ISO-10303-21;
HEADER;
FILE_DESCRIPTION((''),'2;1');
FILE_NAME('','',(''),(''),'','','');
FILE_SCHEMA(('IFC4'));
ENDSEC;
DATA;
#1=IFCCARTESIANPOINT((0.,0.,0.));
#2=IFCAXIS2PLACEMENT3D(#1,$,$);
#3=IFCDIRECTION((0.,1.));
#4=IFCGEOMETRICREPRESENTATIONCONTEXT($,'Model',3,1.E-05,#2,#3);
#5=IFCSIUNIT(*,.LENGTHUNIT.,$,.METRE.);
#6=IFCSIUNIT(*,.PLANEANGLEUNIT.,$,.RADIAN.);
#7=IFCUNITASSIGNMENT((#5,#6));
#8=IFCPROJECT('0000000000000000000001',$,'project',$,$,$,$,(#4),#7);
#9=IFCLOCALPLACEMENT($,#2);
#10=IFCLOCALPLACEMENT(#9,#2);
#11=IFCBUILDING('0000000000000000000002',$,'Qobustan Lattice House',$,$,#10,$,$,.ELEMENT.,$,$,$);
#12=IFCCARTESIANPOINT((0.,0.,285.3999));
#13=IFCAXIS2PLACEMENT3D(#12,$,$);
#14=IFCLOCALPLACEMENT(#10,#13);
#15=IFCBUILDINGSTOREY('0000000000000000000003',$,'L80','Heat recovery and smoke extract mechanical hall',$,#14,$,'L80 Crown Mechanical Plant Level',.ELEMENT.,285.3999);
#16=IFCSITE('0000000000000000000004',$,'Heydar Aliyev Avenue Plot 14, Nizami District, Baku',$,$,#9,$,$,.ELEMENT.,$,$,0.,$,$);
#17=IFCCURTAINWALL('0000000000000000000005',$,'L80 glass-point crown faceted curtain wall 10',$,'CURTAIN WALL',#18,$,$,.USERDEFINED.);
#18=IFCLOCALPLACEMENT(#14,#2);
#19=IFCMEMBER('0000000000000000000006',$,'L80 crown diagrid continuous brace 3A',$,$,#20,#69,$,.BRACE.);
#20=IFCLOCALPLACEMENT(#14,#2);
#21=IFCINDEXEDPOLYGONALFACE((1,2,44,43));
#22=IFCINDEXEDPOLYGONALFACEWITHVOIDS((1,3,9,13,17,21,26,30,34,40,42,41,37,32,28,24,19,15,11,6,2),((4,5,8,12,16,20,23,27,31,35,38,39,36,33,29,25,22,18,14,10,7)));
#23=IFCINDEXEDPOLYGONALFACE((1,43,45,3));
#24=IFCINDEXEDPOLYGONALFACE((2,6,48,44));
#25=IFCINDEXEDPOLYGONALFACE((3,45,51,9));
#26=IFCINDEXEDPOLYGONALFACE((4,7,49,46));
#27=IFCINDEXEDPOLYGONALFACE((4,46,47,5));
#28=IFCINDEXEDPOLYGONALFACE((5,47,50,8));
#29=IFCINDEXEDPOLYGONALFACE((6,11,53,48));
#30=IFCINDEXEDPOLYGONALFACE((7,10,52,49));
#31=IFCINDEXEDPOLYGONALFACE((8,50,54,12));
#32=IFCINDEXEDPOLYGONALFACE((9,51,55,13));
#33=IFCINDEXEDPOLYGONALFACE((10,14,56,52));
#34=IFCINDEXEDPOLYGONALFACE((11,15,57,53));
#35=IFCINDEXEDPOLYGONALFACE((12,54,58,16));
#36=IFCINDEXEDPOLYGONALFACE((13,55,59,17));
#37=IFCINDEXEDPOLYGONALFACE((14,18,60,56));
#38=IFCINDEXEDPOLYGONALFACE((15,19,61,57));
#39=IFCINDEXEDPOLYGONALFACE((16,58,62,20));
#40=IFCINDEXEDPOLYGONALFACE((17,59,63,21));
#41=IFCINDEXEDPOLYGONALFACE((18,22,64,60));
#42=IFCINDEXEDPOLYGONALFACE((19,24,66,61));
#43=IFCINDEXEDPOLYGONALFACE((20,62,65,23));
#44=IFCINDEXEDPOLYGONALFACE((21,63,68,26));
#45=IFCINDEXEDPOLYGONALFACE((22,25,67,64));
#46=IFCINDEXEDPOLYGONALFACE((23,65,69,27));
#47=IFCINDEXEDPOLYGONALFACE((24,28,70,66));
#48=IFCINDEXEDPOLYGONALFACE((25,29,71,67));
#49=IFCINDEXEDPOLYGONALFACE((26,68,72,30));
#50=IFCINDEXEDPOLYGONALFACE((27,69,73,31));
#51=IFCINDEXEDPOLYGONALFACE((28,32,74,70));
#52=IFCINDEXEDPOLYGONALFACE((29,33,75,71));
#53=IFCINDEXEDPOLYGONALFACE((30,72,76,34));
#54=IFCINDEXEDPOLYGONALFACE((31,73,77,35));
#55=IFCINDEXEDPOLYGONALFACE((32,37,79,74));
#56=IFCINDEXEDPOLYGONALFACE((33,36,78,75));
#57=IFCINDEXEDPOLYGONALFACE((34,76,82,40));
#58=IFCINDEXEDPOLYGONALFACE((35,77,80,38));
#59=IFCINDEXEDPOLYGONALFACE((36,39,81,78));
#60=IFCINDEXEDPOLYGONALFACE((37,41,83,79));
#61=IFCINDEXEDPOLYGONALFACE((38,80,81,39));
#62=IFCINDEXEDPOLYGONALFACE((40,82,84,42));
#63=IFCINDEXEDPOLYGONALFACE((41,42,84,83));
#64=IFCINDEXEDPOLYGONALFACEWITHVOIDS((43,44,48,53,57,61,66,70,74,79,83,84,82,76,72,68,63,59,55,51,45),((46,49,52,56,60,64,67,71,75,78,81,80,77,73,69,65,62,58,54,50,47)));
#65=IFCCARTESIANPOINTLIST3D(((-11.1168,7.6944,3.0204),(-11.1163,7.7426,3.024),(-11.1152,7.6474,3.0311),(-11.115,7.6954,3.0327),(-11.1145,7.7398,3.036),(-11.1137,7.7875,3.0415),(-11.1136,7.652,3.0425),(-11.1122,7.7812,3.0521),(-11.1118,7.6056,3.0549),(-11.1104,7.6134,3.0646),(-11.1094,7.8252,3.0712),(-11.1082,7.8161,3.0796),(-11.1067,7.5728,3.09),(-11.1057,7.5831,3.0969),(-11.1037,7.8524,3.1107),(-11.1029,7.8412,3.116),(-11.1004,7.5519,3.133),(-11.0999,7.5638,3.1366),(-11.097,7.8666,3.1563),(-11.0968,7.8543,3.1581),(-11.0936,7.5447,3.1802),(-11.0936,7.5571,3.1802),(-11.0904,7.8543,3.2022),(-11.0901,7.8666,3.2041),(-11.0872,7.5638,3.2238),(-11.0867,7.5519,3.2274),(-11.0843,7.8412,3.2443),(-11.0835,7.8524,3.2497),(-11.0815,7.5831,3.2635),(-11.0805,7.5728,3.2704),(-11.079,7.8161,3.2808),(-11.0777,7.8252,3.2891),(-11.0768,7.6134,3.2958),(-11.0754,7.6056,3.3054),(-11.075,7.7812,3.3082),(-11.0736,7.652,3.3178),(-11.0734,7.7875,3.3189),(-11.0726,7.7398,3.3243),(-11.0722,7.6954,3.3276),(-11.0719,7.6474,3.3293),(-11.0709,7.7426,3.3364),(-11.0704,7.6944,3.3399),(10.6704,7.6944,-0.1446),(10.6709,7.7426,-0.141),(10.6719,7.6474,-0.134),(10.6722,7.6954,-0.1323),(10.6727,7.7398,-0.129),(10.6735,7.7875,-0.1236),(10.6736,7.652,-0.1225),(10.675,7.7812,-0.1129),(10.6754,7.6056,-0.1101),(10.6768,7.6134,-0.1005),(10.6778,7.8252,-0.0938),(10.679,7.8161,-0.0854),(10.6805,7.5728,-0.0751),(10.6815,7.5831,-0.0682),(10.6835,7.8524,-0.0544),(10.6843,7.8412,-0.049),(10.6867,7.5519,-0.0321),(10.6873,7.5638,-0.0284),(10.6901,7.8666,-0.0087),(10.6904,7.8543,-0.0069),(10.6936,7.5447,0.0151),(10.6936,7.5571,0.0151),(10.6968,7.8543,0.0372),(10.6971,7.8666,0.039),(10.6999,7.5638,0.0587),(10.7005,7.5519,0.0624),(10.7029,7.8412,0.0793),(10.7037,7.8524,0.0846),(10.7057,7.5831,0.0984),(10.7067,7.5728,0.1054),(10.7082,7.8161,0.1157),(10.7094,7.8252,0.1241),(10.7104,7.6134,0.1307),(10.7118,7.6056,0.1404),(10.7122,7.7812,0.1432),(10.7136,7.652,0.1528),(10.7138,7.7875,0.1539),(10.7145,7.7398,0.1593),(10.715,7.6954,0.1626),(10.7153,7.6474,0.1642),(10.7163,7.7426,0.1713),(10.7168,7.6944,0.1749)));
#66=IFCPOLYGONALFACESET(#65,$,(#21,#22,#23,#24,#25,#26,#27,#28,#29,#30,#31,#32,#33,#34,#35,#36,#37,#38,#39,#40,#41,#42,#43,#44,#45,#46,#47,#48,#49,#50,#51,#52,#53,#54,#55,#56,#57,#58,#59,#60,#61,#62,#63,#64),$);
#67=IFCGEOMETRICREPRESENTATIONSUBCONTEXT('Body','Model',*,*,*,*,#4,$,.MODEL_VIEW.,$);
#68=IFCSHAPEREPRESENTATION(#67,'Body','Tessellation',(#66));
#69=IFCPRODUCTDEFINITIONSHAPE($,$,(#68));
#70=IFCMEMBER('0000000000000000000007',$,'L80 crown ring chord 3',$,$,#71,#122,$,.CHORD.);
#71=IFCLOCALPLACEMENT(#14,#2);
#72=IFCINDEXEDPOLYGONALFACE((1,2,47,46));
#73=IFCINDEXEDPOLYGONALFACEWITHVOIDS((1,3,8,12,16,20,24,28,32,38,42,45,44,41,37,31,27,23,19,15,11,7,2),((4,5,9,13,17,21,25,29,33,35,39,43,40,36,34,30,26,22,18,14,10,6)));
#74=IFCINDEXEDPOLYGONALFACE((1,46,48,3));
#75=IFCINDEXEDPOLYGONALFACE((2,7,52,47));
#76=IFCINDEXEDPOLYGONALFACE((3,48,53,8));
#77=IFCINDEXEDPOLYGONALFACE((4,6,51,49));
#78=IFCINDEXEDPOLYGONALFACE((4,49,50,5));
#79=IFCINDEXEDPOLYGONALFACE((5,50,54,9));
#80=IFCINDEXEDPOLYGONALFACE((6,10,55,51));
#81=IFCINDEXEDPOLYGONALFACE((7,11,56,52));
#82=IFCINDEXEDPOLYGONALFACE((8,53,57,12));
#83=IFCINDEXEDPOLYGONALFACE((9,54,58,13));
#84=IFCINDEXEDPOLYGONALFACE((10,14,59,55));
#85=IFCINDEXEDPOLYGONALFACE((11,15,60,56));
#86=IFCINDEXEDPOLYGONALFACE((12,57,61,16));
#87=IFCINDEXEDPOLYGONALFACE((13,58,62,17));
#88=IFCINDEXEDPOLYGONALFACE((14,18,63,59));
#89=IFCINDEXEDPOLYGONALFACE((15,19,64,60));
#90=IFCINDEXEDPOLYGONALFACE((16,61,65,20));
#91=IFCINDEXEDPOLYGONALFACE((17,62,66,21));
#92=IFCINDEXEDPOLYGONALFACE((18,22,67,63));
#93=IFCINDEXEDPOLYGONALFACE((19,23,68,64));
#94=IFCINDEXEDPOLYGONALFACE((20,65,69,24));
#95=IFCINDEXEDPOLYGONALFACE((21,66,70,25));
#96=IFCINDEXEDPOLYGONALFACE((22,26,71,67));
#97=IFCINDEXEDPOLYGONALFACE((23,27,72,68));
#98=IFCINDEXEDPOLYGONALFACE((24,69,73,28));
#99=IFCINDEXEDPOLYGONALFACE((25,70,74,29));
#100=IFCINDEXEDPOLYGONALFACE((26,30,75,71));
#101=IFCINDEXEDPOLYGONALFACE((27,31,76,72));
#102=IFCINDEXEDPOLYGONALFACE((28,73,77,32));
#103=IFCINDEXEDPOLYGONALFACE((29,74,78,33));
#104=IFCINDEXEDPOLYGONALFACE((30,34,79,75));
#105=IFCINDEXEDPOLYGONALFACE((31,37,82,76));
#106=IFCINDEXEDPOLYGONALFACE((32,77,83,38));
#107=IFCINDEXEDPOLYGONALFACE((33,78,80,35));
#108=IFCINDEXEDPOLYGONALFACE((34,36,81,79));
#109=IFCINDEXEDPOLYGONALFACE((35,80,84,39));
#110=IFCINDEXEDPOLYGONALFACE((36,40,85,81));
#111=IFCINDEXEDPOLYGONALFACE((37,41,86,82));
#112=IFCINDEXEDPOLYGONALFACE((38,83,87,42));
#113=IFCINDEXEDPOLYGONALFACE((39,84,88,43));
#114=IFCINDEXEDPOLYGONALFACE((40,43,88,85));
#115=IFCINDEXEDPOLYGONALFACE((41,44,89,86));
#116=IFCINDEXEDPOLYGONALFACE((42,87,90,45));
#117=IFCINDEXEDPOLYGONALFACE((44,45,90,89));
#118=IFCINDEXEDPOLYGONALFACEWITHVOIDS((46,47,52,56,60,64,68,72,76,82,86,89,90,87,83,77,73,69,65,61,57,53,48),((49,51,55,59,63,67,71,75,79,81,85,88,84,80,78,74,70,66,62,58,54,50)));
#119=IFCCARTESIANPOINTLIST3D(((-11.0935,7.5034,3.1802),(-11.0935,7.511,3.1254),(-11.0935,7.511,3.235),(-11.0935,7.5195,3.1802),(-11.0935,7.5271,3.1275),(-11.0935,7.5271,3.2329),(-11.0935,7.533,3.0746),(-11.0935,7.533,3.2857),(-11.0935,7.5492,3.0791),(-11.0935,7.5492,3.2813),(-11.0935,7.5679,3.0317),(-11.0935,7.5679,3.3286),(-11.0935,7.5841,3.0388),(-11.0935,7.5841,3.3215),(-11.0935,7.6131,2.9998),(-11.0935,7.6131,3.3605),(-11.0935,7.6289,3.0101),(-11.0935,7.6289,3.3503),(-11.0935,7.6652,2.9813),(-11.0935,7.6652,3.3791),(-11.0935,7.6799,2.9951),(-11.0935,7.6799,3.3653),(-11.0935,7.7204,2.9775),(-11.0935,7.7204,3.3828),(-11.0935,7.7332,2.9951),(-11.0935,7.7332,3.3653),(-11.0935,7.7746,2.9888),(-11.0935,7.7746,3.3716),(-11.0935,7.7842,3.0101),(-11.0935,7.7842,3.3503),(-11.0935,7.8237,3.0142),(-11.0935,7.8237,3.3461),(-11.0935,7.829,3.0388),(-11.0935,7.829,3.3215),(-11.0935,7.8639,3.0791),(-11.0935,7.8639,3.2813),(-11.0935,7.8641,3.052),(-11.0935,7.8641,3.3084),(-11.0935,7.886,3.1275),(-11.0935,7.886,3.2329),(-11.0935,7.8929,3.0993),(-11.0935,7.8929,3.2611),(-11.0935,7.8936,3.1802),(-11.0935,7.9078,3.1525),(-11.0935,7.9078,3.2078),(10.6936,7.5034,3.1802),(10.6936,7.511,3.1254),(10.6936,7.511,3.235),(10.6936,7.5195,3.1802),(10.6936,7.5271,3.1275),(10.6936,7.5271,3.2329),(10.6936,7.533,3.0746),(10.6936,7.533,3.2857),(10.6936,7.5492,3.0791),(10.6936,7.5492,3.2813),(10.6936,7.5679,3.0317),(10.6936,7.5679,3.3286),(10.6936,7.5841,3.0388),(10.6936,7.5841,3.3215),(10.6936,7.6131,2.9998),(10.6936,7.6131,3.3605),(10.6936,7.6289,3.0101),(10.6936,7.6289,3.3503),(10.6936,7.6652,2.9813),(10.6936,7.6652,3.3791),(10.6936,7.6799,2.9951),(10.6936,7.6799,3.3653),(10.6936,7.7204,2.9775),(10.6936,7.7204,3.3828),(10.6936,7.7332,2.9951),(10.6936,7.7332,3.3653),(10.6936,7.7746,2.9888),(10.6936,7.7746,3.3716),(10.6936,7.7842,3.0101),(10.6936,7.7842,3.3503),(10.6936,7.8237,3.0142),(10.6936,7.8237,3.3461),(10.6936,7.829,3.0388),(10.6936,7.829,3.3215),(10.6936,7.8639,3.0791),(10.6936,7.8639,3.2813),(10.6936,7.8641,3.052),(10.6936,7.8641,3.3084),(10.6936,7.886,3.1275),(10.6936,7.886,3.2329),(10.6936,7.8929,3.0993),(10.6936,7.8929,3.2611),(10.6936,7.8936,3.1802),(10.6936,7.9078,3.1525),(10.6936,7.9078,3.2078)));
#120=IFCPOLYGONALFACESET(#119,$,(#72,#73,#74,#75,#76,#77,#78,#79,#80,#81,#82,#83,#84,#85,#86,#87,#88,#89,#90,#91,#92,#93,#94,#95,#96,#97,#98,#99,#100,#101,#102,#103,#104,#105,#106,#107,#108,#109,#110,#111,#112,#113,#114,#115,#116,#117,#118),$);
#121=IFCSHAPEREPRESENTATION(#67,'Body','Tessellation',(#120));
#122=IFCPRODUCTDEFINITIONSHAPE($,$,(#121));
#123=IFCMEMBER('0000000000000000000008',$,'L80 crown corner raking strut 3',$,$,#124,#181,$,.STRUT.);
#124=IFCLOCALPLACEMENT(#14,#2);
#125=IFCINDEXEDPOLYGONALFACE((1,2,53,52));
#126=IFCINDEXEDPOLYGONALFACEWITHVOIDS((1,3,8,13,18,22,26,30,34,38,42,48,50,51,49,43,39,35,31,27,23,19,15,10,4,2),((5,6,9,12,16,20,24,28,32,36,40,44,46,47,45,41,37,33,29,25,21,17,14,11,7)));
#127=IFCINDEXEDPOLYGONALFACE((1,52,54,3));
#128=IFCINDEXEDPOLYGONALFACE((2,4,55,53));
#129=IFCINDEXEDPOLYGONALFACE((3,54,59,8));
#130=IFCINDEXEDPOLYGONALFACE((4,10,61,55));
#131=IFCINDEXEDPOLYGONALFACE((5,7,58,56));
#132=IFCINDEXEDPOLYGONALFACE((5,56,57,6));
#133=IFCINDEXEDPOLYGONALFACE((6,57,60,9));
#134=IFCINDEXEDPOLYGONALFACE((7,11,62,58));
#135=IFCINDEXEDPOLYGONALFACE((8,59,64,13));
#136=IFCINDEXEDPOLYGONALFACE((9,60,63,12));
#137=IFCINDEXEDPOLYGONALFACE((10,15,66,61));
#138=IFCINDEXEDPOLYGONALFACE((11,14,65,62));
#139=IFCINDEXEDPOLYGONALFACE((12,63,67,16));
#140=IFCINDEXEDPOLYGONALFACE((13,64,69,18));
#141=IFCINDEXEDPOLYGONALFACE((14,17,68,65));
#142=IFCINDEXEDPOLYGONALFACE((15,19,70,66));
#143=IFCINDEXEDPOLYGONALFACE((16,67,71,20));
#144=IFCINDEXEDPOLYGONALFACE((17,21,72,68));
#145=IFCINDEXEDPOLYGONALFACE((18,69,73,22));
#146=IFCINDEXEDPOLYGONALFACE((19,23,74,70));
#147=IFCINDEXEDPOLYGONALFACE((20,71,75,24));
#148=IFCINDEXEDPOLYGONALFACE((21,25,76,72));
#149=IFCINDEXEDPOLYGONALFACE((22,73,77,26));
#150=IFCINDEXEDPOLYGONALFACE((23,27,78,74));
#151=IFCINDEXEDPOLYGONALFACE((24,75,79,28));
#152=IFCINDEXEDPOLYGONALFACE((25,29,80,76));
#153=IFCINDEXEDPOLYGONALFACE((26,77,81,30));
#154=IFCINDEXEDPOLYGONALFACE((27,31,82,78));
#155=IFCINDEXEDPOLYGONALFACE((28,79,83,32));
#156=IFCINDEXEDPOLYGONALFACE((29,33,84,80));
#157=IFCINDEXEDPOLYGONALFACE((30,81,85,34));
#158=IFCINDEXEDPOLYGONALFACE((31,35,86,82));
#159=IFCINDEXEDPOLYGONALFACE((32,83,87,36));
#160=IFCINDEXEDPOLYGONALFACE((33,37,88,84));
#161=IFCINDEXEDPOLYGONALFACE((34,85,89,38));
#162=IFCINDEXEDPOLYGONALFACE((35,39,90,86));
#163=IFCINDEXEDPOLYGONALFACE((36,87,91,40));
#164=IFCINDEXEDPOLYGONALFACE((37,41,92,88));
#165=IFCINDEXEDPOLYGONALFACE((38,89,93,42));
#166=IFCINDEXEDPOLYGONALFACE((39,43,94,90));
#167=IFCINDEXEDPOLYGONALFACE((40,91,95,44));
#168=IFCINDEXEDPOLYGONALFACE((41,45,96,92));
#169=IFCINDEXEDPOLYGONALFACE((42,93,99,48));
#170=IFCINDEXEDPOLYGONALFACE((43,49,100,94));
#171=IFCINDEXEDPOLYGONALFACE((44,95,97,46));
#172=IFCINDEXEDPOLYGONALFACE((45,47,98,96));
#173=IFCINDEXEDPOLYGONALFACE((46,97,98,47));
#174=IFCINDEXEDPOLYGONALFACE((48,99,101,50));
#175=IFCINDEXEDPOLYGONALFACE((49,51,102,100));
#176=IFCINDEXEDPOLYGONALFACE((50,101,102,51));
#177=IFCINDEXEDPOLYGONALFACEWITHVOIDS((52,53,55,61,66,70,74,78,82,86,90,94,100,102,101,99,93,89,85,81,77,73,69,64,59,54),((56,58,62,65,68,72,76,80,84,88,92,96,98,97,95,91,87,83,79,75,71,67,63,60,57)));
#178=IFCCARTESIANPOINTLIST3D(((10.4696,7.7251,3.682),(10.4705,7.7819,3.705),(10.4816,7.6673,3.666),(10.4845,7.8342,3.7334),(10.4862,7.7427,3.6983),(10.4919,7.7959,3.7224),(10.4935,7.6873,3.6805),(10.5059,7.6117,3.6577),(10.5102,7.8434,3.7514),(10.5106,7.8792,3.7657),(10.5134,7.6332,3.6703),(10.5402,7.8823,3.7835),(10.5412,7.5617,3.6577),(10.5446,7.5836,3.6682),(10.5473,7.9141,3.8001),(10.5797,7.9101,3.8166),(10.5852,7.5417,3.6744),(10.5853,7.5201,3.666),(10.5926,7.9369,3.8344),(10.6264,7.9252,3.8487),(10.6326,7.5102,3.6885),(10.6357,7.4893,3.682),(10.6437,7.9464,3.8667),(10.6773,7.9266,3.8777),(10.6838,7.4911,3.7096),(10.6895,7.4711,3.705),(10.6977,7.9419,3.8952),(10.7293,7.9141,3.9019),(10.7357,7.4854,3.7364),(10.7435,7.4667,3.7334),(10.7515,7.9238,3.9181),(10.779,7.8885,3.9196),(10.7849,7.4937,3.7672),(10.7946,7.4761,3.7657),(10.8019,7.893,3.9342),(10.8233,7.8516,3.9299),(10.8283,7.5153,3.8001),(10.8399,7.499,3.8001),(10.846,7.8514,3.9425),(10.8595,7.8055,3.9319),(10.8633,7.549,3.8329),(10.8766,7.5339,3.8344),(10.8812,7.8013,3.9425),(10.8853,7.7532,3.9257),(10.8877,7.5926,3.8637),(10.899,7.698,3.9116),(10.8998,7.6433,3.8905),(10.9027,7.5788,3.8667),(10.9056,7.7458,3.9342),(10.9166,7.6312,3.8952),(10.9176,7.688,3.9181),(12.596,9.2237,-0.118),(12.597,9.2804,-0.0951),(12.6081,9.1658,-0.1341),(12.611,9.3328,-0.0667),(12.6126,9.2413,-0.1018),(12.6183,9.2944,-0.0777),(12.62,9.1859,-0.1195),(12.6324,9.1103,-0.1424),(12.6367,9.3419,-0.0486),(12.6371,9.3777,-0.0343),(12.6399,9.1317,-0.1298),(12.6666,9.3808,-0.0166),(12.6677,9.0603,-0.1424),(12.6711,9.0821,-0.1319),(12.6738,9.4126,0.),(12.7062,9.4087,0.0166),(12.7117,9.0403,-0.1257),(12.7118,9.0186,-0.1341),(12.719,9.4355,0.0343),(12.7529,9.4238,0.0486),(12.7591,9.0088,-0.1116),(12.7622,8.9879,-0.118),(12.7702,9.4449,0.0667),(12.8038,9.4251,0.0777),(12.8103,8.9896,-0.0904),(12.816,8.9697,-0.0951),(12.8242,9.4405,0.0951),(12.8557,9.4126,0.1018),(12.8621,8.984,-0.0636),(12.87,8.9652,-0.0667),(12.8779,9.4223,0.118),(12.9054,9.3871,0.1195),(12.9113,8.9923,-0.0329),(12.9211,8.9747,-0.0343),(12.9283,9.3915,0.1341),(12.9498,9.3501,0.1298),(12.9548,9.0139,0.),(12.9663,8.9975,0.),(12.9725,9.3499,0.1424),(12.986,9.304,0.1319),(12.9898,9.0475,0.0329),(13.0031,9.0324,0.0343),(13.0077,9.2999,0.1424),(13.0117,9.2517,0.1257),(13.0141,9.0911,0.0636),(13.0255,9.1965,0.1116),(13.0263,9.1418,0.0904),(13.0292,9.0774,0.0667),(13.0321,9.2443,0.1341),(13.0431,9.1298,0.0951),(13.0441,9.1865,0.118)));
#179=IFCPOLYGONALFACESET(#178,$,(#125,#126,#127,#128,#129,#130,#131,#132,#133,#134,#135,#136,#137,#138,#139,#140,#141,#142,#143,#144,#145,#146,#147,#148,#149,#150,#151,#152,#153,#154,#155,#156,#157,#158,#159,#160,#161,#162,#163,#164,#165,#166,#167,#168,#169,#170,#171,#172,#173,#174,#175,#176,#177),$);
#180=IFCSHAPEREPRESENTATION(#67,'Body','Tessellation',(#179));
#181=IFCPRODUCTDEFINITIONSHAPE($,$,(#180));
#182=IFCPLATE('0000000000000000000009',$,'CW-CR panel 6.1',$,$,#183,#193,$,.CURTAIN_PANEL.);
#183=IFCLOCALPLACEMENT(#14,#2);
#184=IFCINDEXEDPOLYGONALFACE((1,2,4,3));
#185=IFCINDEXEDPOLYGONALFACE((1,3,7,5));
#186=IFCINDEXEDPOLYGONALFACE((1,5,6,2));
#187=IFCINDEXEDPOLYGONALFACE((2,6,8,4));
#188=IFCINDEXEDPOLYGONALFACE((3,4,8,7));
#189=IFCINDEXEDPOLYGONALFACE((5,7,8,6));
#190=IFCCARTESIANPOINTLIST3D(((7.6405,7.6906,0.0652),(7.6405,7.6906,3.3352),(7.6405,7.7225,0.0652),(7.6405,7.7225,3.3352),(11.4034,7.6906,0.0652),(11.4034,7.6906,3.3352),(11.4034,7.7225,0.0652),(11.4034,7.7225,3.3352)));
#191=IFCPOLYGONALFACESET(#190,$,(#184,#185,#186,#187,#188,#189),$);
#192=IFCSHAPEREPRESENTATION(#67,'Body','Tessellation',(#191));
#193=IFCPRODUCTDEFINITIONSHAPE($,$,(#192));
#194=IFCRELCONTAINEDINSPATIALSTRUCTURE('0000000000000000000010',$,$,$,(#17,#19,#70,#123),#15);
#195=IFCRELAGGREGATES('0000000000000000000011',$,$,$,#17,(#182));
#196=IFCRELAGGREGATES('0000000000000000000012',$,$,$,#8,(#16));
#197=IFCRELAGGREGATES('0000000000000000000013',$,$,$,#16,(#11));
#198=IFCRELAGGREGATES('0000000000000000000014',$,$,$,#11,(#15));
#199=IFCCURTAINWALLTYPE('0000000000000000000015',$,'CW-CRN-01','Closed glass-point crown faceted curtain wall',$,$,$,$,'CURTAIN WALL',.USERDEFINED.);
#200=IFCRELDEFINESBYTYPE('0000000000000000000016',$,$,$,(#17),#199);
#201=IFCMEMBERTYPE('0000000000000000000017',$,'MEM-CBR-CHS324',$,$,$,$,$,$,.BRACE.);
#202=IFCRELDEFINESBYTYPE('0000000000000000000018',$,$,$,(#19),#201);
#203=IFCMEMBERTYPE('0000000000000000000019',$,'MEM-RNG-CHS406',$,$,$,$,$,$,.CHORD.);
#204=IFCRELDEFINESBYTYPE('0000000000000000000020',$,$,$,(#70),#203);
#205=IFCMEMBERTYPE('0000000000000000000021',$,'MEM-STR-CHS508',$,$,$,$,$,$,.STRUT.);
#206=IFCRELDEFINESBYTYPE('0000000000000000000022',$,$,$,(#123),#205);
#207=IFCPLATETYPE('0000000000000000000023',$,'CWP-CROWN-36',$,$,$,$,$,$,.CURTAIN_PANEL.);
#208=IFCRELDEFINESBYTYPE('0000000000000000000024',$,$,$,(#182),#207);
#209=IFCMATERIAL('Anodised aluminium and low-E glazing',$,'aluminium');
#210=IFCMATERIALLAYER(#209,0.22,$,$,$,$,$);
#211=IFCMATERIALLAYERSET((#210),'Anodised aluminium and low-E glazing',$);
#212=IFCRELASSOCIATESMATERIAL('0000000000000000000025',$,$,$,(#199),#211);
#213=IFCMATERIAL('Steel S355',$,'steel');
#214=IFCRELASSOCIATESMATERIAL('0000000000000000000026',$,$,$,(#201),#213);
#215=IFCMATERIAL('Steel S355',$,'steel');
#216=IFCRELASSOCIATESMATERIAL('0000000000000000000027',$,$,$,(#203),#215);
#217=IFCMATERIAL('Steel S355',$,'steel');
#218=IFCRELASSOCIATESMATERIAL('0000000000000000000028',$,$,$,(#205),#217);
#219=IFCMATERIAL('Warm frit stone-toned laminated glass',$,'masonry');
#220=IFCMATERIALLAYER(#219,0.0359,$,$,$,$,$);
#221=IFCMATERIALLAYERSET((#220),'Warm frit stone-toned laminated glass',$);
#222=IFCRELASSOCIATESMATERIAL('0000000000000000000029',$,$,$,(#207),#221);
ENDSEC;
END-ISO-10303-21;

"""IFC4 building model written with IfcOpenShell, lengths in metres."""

from ifc_helpers import new_model, si_unit, direction, frame, origin, origin_2d, place, context, subcontext, project, spatial, rectangle, hollow_circle, extrude, material, layer, layer_set, material_profile, profile_set, type_object, element, aggregate, save


model = new_model("IFC4")

# Units and contexts
model_context = context("Model", 3, precision=1e-05, world=origin(), true_north=direction((0.0, 1.0)))
body_context = subcontext(model_context, "Body", "Model", "MODEL_VIEW")
ifc_project = project(units=[si_unit("LENGTHUNIT", "METRE"), si_unit("PLANEANGLEUNIT", "RADIAN")], contexts=[model_context])

# Site, building, storey
site_placement = place(None, origin())
site = spatial("IfcSite", under=ifc_project, at=site_placement, Name="Heydar Aliyev Avenue Plot 14, Nizami District, Baku", CompositionType="ELEMENT", RefElevation=0.0)
building_placement = place(site_placement, origin())
building = spatial("IfcBuilding", under=site, at=building_placement, Name="Qobustan Lattice House", CompositionType="ELEMENT")
storey_placement = place(building_placement, frame((0.0, 0.0, 285.3999)))
storey = spatial("IfcBuildingStorey", under=building, at=storey_placement, Name="L80", Description="Heat recovery and smoke extract mechanical hall", LongName="L80 Crown Mechanical Plant Level", CompositionType="ELEMENT", Elevation=285.3999)

# Curtain wall
ifc_material_1 = material(Name="Anodised aluminium and low-E glazing", Category="aluminium")
ifc_layer_1 = layer(ifc_material_1, 0.22)
ifc_layer_set_1 = layer_set([ifc_layer_1], Name="Anodised aluminium and low-E glazing")
curtain_wall_type = type_object("IfcCurtainWallType", Name="CW-CRN-01", Description="Closed glass-point crown faceted curtain wall", ElementType="CURTAIN WALL", PredefinedType="USERDEFINED", material=ifc_layer_set_1)
curtain_wall_1_placement = place(storey_placement, origin())
curtain_wall_1 = element("IfcCurtainWall", 1, at=curtain_wall_1_placement, inside=storey, type_object=curtain_wall_type, Name="L80 glass-point crown faceted curtain wall 10", ObjectType="CURTAIN WALL", PredefinedType="USERDEFINED")

# Members
ifc_material_2 = material(Name="Steel S355", Category="steel")
ifc_material_profile_1 = material_profile(ifc_material_2, hollow_circle(Radius=0.1619, WallThickness=0.0125, at=origin_2d()), Name="CHS323.9x12.5")
ifc_profile_set_1 = profile_set([ifc_material_profile_1], Name="Steel S355")
member_type_1 = type_object("IfcMemberType", Name="MEM-CBR-CHS324", PredefinedType="BRACE", material=ifc_profile_set_1)
member_1_placement = place(storey_placement, frame((10.6936, 7.7065, 0.0151), z_axis=(-0.989612, 0.0, 0.143762), x_axis=(0.0, -1.0, 0.0)))
element("IfcMember", 2, at=member_1_placement, inside=storey, type_object=member_type_1, Name="L80 crown diagrid continuous brace 3A", PredefinedType="BRACE", context=body_context, shape_type="SweptSolid", body=[
    extrude(hollow_circle(Radius=0.1619, WallThickness=0.0125, at=origin_2d()), origin(), (0.0, 0.0, 1.0), 22.0159),
])
ifc_material_3 = material(Name="Steel S355", Category="steel")
ifc_material_profile_2 = material_profile(ifc_material_3, hollow_circle(Radius=0.2031, WallThickness=0.0161, at=origin_2d()), Name="CHS406.4x16")
ifc_profile_set_2 = profile_set([ifc_material_profile_2], Name="Steel S355")
member_type_2 = type_object("IfcMemberType", Name="MEM-RNG-CHS406", PredefinedType="CHORD", material=ifc_profile_set_2)
member_2_placement = place(storey_placement, frame((10.6936, 7.7065, 3.1802), z_axis=(-1.0, 0.0, 0.0), x_axis=(0.0, -1.0, 0.0)))
element("IfcMember", 3, at=member_2_placement, inside=storey, type_object=member_type_2, Name="L80 crown ring chord 3", PredefinedType="CHORD", context=body_context, shape_type="SweptSolid", body=[
    extrude(hollow_circle(Radius=0.2031, WallThickness=0.0161, at=origin_2d()), origin(), (0.0, 0.0, 1.0), 21.7871),
])
ifc_material_4 = material(Name="Steel S355", Category="steel")
ifc_material_profile_3 = material_profile(ifc_material_4, hollow_circle(Radius=0.2539, WallThickness=0.02, at=origin_2d()), Name="CHS508x20")
ifc_profile_set_3 = profile_set([ifc_material_profile_3], Name="Steel S355")
member_type_3 = type_object("IfcMemberType", Name="MEM-STR-CHS508", PredefinedType="STRUT", material=ifc_profile_set_3)
member_3_placement = place(storey_placement, frame((12.8201, 9.2051, 0.0), z_axis=(-0.461753, -0.325401, 0.825165), x_axis=(0.576042, -0.81742, 0.0)))
element("IfcMember", 4, at=member_3_placement, inside=storey, type_object=member_type_3, Name="L80 crown corner raking strut 3", PredefinedType="STRUT", context=body_context, shape_type="SweptSolid", body=[
    extrude(hollow_circle(Radius=0.2539, WallThickness=0.02, at=origin_2d()), origin(), (0.0, 0.0, 1.0), 4.6052),
])

# Plate
ifc_material_5 = material(Name="Warm frit stone-toned laminated glass", Category="masonry")
ifc_layer_2 = layer(ifc_material_5, 0.0359)
ifc_layer_set_2 = layer_set([ifc_layer_2], Name="Warm frit stone-toned laminated glass")
plate_type_1 = type_object("IfcPlateType", Name="CWP-CROWN-36", PredefinedType="CURTAIN_PANEL", material=ifc_layer_set_2)
plate_1_placement = place(storey_placement, frame((9.522, 7.7065, 0.0652), z_axis=(0.0, 0.0, 1.0), x_axis=(1.0, 0.0, 0.0)))
plate_1 = element("IfcPlate", 5, at=plate_1_placement, type_object=plate_type_1, Name="CW-CR panel 6.1", PredefinedType="CURTAIN_PANEL", context=body_context, shape_type="SweptSolid", body=[
    extrude(rectangle(XDim=3.7629, YDim=0.032, at=origin_2d()), origin(), (0.0, 0.0, 1.0), 3.27),
])
aggregate(curtain_wall_1, [plate_1])

save(model, "model.ifc")
